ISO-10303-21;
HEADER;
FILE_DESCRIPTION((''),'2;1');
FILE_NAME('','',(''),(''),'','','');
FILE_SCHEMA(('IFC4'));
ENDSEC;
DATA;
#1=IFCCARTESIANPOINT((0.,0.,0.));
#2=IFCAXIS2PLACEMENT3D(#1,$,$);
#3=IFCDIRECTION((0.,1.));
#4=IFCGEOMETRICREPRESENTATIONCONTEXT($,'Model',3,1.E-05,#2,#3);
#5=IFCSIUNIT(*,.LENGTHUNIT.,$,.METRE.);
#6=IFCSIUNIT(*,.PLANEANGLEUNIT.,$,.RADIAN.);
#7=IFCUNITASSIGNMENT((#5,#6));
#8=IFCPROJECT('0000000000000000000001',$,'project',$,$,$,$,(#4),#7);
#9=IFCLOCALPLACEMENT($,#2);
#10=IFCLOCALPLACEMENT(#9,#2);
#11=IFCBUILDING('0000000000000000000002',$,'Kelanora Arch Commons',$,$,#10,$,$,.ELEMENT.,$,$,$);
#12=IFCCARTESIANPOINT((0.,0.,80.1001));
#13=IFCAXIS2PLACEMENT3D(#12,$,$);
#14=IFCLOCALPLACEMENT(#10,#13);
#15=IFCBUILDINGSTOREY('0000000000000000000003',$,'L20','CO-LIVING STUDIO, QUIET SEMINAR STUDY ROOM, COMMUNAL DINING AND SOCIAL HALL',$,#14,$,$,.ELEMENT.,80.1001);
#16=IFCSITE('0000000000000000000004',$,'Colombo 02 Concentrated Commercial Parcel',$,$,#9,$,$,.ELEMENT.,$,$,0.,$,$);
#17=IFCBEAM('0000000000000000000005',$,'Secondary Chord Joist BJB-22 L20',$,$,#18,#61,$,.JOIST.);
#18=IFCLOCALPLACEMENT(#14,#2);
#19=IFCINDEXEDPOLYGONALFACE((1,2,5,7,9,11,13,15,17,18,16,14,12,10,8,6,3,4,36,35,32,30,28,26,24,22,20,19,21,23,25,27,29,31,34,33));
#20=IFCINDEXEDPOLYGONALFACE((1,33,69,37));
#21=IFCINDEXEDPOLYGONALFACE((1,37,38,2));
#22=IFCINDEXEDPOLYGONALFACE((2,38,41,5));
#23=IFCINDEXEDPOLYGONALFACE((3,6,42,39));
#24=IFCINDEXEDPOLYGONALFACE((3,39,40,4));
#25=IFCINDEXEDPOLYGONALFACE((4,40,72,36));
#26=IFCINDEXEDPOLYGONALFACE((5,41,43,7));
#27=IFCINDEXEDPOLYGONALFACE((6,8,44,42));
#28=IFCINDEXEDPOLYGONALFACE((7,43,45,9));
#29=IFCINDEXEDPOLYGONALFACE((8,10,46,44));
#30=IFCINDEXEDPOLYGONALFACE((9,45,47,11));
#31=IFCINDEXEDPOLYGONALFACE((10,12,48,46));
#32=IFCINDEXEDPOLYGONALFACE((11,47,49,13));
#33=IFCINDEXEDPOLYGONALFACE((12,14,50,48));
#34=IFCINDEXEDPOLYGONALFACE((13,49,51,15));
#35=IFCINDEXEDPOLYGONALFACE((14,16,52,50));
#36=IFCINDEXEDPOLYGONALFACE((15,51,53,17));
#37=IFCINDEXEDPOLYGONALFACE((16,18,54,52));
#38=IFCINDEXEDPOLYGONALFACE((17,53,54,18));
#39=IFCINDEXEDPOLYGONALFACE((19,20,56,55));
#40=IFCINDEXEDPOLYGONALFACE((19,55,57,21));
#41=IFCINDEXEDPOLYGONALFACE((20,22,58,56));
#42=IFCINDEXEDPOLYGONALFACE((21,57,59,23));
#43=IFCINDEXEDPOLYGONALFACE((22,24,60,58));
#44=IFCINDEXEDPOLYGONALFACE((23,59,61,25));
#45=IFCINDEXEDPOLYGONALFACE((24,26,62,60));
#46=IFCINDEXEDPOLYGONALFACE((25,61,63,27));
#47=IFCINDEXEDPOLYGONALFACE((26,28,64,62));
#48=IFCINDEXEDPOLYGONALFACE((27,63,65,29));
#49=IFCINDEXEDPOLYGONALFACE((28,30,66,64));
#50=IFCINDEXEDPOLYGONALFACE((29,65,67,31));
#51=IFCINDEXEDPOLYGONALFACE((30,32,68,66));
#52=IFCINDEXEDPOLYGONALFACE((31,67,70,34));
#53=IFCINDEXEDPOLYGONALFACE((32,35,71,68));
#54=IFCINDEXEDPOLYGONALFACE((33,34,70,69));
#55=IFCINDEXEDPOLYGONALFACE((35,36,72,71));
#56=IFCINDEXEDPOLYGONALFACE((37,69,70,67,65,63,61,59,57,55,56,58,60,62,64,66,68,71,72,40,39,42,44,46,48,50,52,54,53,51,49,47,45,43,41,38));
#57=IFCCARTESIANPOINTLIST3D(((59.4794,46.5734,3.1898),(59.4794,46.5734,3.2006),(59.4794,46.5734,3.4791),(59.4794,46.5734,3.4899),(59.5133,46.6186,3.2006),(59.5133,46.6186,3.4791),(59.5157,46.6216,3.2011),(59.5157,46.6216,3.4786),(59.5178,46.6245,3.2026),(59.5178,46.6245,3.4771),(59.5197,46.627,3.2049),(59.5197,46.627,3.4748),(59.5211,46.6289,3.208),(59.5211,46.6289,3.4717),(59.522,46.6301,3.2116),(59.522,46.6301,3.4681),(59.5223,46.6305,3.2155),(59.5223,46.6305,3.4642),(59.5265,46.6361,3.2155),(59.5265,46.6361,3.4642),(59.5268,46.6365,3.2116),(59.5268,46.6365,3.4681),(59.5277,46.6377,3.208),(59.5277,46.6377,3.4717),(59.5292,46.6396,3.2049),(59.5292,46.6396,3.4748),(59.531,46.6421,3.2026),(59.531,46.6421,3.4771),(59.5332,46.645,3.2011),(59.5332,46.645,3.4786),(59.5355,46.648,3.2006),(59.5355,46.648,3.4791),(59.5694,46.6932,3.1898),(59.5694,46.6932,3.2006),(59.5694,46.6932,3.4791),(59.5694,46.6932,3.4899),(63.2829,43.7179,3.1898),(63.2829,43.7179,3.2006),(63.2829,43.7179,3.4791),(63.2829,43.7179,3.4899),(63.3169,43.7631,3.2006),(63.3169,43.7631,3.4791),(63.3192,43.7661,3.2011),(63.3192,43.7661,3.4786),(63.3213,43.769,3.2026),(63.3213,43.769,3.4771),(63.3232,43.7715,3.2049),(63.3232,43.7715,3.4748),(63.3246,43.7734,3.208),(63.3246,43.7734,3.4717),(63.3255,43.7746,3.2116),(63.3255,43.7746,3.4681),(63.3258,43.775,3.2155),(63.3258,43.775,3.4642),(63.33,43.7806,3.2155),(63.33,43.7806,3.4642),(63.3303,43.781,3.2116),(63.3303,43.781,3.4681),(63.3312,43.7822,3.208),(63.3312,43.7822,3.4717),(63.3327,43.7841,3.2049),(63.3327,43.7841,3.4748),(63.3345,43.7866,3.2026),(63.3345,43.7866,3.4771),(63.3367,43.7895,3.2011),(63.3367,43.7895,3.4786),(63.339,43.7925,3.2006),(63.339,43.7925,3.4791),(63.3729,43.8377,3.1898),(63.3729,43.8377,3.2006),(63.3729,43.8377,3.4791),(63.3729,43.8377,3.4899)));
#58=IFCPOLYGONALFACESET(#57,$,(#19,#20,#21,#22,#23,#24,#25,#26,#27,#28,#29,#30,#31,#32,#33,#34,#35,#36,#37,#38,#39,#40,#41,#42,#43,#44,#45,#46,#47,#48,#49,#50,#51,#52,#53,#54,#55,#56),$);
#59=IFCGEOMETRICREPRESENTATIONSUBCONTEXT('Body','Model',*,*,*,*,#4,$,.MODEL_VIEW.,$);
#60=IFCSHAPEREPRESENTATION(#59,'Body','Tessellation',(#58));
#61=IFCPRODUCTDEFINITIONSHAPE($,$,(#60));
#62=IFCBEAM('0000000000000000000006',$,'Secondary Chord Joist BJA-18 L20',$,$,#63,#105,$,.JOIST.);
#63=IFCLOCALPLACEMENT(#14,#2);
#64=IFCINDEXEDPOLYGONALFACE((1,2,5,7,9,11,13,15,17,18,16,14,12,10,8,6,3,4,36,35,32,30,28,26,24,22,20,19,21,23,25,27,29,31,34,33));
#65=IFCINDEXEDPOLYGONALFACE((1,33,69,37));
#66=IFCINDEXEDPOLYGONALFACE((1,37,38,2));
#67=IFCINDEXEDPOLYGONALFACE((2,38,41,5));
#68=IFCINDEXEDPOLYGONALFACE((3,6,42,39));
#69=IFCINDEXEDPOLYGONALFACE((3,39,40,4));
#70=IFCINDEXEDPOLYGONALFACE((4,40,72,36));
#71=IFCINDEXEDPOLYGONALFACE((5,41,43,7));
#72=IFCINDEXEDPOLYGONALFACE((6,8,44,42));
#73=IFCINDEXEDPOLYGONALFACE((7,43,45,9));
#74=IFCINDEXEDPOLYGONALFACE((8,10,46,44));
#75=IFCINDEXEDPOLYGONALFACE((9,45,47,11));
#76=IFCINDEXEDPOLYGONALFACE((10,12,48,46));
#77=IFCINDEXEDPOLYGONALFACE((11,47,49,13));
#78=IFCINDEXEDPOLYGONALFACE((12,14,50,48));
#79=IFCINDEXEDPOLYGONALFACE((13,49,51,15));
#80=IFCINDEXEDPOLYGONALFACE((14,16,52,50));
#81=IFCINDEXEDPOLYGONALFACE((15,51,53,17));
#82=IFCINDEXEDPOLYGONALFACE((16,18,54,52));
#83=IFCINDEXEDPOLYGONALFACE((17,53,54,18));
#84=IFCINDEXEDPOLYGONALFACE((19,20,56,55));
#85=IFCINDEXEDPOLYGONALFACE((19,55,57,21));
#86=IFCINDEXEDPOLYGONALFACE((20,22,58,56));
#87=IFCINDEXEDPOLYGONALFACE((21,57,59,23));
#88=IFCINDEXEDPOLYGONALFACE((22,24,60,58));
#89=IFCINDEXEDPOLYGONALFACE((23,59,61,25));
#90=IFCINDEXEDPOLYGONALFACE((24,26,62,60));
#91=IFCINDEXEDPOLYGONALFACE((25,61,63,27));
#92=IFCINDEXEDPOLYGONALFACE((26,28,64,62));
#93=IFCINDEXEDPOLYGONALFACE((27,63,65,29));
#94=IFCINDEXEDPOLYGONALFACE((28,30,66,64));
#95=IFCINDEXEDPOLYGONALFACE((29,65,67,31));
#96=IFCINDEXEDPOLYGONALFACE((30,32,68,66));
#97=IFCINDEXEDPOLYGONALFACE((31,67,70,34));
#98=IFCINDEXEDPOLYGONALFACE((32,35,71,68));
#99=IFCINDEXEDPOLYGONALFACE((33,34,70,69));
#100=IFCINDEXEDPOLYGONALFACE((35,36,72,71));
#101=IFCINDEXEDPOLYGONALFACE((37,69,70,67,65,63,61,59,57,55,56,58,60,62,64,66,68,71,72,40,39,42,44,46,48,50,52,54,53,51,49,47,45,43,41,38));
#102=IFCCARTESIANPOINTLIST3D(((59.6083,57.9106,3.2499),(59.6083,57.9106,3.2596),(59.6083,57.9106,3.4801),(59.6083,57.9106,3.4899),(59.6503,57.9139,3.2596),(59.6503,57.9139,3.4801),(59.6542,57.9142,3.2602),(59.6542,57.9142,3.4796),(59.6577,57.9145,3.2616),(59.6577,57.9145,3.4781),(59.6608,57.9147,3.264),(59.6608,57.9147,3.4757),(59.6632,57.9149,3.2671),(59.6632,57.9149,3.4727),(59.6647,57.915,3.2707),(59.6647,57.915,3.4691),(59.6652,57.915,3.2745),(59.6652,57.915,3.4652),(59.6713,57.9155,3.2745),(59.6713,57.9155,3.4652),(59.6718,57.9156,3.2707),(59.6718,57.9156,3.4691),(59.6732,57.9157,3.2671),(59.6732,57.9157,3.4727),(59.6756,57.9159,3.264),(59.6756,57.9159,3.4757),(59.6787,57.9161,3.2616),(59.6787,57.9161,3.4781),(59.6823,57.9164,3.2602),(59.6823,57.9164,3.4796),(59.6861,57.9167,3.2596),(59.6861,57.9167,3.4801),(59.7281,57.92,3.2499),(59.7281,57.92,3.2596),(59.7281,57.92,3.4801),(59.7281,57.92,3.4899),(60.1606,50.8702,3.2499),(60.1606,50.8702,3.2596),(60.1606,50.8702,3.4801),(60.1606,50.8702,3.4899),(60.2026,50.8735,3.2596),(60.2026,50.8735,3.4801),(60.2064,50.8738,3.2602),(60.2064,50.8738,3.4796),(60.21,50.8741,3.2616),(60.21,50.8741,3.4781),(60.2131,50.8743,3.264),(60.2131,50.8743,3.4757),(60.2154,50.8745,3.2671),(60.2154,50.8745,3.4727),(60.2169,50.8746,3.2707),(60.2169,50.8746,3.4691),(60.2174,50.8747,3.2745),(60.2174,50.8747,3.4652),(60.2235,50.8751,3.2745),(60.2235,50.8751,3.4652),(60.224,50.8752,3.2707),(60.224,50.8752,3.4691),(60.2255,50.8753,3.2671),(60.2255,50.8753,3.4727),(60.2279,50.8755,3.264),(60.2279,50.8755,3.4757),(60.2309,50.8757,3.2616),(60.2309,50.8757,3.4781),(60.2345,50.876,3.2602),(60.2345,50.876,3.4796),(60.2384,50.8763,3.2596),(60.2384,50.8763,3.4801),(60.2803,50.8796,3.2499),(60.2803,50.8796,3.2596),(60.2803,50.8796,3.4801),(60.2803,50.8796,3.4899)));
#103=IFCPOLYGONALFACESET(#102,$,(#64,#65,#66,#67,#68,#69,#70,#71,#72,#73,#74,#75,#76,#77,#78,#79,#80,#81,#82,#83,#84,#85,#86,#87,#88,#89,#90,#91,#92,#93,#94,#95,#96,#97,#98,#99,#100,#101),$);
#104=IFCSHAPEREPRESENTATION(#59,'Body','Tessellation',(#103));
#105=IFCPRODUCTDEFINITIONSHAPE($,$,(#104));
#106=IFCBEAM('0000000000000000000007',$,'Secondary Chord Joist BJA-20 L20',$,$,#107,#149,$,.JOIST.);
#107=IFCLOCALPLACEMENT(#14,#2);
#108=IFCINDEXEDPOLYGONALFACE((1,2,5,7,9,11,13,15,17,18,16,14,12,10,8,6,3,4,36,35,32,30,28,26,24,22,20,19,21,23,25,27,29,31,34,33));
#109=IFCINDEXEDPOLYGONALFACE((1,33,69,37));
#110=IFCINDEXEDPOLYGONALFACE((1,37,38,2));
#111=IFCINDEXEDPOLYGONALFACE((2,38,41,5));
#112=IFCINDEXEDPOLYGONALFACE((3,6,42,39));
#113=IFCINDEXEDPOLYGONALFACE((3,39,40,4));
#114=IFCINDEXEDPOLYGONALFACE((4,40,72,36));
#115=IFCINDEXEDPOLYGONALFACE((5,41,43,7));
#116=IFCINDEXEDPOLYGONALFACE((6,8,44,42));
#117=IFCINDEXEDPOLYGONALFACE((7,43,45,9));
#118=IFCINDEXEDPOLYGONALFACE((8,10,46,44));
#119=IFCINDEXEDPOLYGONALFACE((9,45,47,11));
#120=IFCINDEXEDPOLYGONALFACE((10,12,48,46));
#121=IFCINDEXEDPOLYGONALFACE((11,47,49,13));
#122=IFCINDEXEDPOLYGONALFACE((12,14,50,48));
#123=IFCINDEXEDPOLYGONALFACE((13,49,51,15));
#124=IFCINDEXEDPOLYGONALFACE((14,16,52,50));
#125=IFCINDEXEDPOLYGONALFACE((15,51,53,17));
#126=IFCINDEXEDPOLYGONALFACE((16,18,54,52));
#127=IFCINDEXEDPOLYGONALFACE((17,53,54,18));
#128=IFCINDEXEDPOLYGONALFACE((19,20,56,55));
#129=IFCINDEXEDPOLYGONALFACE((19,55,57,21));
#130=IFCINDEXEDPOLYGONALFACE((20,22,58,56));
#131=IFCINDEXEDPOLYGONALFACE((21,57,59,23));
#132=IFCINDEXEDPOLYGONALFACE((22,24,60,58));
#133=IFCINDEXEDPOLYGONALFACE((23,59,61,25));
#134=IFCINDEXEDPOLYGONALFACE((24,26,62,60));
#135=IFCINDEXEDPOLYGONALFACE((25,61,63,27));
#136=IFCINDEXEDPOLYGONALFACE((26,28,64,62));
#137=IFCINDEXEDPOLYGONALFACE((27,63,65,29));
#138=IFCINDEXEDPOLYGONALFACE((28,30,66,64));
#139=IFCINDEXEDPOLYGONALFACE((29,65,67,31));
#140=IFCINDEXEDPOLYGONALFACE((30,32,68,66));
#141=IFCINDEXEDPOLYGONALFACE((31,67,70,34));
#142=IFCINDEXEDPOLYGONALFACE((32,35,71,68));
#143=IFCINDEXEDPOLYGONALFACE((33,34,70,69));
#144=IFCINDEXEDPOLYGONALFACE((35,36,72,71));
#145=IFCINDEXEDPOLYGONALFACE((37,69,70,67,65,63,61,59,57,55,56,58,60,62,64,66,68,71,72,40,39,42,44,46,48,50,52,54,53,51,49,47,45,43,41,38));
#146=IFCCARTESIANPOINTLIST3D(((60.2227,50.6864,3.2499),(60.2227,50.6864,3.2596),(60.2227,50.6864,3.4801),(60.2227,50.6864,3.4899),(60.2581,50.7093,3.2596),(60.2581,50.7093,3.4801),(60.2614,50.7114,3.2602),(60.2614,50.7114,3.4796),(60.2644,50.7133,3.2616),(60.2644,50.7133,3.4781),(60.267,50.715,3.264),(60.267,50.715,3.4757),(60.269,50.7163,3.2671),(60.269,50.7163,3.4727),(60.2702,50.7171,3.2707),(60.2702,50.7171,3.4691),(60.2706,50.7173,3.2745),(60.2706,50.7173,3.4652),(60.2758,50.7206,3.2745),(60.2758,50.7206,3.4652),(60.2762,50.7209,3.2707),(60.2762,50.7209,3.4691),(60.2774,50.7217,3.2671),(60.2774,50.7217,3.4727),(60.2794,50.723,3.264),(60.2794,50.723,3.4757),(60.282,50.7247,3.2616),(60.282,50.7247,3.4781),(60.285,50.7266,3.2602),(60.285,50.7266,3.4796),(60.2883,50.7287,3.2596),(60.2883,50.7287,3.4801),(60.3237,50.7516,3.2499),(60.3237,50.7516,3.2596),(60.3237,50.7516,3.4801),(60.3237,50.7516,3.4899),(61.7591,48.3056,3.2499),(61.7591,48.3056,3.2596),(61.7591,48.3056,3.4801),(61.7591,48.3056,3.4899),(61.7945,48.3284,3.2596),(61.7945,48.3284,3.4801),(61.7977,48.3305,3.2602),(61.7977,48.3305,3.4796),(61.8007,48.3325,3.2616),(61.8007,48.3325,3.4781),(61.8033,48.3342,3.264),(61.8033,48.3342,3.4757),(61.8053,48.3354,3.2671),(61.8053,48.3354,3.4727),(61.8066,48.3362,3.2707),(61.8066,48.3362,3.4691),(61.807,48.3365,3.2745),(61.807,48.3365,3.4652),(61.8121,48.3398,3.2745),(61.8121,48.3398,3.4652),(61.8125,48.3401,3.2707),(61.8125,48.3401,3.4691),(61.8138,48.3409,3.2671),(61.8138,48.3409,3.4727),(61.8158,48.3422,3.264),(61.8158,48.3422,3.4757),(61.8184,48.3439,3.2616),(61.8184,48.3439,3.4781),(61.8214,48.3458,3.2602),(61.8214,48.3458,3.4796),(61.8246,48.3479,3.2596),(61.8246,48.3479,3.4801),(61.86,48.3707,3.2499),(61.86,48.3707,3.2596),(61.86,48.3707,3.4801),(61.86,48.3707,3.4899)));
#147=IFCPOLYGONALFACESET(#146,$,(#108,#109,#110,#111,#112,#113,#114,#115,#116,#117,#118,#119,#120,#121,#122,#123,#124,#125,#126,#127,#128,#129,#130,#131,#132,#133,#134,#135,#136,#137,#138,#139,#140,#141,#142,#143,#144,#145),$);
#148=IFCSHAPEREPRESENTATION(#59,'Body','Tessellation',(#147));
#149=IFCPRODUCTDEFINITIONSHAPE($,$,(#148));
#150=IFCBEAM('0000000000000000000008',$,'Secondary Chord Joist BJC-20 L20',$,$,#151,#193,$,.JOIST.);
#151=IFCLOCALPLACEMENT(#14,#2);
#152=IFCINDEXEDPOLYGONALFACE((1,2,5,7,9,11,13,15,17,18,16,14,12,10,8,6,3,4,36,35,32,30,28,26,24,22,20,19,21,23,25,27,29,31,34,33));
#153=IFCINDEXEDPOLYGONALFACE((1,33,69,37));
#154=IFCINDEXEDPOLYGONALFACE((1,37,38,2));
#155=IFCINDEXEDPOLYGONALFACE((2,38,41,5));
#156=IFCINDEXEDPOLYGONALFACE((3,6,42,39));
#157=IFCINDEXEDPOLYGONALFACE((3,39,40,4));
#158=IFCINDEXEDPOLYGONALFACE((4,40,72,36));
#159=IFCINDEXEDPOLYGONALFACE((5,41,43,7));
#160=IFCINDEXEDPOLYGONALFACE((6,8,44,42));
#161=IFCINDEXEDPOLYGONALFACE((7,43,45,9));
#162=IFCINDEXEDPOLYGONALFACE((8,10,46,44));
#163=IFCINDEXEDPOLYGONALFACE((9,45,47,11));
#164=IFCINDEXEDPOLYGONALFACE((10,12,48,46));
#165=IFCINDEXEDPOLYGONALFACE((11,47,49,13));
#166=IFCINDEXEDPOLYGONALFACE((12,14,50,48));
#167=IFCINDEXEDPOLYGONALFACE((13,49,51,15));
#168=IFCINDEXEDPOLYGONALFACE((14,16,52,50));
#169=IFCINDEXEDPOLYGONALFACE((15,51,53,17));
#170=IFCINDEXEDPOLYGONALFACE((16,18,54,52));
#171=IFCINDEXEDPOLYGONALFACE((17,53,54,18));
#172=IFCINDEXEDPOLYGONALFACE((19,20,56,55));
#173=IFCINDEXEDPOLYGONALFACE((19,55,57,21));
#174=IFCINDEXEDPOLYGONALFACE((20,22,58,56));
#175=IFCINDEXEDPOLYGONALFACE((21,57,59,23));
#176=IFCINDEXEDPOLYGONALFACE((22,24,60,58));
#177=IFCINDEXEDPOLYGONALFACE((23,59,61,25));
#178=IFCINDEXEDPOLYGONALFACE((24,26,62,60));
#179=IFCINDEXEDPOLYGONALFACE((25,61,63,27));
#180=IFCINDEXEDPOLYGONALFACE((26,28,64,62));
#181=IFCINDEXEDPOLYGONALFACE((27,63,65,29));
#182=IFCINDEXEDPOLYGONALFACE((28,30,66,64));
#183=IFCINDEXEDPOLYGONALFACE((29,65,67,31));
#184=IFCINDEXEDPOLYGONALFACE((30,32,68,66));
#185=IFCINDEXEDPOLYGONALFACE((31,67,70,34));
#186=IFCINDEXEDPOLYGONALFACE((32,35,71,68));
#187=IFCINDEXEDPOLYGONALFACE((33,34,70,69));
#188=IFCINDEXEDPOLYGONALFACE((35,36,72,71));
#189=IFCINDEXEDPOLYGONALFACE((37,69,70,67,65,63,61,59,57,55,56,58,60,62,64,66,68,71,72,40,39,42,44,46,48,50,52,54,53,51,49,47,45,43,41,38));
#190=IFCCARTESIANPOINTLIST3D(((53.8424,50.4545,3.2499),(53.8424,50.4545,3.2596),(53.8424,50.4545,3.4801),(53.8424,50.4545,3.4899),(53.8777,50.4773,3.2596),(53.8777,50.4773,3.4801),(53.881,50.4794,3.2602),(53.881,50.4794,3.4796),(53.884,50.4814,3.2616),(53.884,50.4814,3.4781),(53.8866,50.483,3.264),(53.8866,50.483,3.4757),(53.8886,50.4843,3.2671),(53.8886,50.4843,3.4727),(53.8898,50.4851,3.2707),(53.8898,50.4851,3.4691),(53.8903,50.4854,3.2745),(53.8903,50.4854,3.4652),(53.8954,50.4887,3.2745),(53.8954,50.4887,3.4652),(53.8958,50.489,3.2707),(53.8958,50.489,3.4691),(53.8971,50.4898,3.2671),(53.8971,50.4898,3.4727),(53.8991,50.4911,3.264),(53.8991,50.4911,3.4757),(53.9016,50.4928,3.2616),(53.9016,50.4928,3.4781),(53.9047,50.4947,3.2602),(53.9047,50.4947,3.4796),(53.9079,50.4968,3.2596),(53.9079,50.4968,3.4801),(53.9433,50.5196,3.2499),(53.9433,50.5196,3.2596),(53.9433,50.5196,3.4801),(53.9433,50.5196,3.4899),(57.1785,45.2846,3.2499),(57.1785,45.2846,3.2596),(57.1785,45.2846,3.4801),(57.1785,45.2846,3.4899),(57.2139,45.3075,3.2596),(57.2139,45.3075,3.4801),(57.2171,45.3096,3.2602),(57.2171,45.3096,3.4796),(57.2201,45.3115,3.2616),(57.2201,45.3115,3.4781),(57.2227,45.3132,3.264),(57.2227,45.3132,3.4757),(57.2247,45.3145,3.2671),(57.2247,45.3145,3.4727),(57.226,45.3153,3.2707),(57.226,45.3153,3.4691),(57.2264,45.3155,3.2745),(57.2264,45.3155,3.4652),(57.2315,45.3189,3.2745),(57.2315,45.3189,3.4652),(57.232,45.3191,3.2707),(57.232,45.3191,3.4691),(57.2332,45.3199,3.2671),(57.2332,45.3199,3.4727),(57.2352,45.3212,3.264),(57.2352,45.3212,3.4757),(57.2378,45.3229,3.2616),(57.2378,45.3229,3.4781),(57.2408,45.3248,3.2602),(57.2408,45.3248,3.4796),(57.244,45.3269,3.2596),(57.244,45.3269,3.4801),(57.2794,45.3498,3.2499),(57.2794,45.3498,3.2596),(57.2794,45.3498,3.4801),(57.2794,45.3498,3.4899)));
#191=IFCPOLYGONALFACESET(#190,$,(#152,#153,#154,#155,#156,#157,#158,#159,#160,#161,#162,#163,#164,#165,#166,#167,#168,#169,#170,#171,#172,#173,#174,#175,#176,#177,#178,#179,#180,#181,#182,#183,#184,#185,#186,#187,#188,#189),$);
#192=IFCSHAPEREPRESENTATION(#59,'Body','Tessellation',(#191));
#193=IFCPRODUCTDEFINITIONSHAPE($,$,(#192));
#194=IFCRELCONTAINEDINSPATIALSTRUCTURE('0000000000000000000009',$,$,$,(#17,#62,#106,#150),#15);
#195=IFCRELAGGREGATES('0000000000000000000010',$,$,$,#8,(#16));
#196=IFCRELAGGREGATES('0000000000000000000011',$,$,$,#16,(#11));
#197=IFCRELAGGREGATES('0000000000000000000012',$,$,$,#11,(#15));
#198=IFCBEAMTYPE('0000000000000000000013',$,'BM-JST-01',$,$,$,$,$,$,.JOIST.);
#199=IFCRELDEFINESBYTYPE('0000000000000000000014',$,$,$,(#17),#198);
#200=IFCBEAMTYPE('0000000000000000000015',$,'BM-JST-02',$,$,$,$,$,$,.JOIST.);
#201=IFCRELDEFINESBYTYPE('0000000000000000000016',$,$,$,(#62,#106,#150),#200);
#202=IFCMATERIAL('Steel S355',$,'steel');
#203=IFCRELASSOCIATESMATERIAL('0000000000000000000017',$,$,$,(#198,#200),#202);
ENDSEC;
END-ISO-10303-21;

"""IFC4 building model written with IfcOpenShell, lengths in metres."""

from ifc_helpers import new_model, si_unit, direction, frame, origin, origin_2d, place, context, subcontext, project, spatial, i_section, extrude, material, material_profile, profile_set, type_object, element, save


model = new_model("IFC4")

# Units and contexts
model_context = context("Model", 3, precision=1e-05, world=origin(), true_north=direction((0.0, 1.0)))
body_context = subcontext(model_context, "Body", "Model", "MODEL_VIEW")
ifc_project = project(units=[si_unit("LENGTHUNIT", "METRE"), si_unit("PLANEANGLEUNIT", "RADIAN")], contexts=[model_context])

# Site, building, storey
site_placement = place(None, origin())
site = spatial("IfcSite", under=ifc_project, at=site_placement, Name="Colombo 02 Concentrated Commercial Parcel", CompositionType="ELEMENT", RefElevation=0.0)
building_placement = place(site_placement, origin())
building = spatial("IfcBuilding", under=site, at=building_placement, Name="Kelanora Arch Commons", CompositionType="ELEMENT")
storey_placement = place(building_placement, frame((0.0, 0.0, 80.1001)))
storey = spatial("IfcBuildingStorey", under=building, at=storey_placement, Name="L20", Description="CO-LIVING STUDIO, QUIET SEMINAR STUDY ROOM, COMMUNAL DINING AND SOCIAL HALL", CompositionType="ELEMENT", Elevation=80.1001)

# Beams
ifc_material_1 = material(Name="Steel S355", Category="steel")
ifc_material_profile_1 = material_profile(ifc_material_1, i_section(OverallWidth=0.1499, OverallDepth=0.3, WebThickness=0.0071, FlangeThickness=0.0107, FilletRadius=0.0149, at=origin_2d()), Name="IPE300")
ifc_profile_set_1 = profile_set([ifc_material_profile_1], Name="Steel S355")
beam_type_1 = type_object("IfcBeamType", Name="BM-JST-01", PredefinedType="JOIST", material=ifc_profile_set_1)
beam_1_placement = place(storey_placement, frame((59.5244, 46.6333, 3.3398), z_axis=(0.79971, -0.600386, 0.0), x_axis=(0.600386, 0.79971, 0.0)))
element("IfcBeam", 1, at=beam_1_placement, inside=storey, type_object=beam_type_1, Name="Secondary Chord Joist BJB-22 L20", PredefinedType="JOIST", context=body_context, shape_type="SweptSolid", body=[
    extrude(i_section(OverallWidth=0.1499, OverallDepth=0.3, WebThickness=0.0071, FlangeThickness=0.0107, FilletRadius=0.0149, at=origin_2d()), origin(), (0.0, 0.0, 1.0), 4.7561),
])
ifc_material_profile_2 = material_profile(ifc_material_1, i_section(OverallWidth=0.1201, OverallDepth=0.24, WebThickness=0.0061, FlangeThickness=0.0098, FilletRadius=0.0149, at=origin_2d()), Name="IPE240")
ifc_profile_set_2 = profile_set([ifc_material_profile_2], Name="Steel S355")
beam_type_2 = type_object("IfcBeamType", Name="BM-JST-02", PredefinedType="JOIST", material=ifc_profile_set_2)
beam_2_placement = place(storey_placement, frame((59.6682, 57.9153, 3.3699), z_axis=(0.078201, -0.996938, 0.0), x_axis=(0.996938, 0.078201, 0.0)))
element("IfcBeam", 2, at=beam_2_placement, inside=storey, type_object=beam_type_2, Name="Secondary Chord Joist BJA-18 L20", PredefinedType="JOIST", context=body_context, shape_type="SweptSolid", body=[
    extrude(i_section(OverallWidth=0.1201, OverallDepth=0.24, WebThickness=0.0061, FlangeThickness=0.0098, FilletRadius=0.0149, at=origin_2d()), origin(), (0.0, 0.0, 1.0), 7.062),
])
beam_3_placement = place(storey_placement, frame((60.2732, 50.719, 3.3699), z_axis=(0.542211, -0.840242, 0.0), x_axis=(0.840242, 0.542211, 0.0)))
element("IfcBeam", 3, at=beam_3_placement, inside=storey, type_object=beam_type_2, Name="Secondary Chord Joist BJA-20 L20", PredefinedType="JOIST", context=body_context, shape_type="SweptSolid", body=[
    extrude(i_section(OverallWidth=0.1201, OverallDepth=0.24, WebThickness=0.0061, FlangeThickness=0.0098, FilletRadius=0.0149, at=origin_2d()), origin(), (0.0, 0.0, 1.0), 2.8335),
])
beam_4_placement = place(storey_placement, frame((53.8928, 50.4871, 3.3699), z_axis=(0.542213, -0.840241, 0.0), x_axis=(0.840241, 0.542213, 0.0)))
element("IfcBeam", 4, at=beam_4_placement, inside=storey, type_object=beam_type_2, Name="Secondary Chord Joist BJC-20 L20", PredefinedType="JOIST", context=body_context, shape_type="SweptSolid", body=[
    extrude(i_section(OverallWidth=0.1201, OverallDepth=0.24, WebThickness=0.0061, FlangeThickness=0.0098, FilletRadius=0.0149, at=origin_2d()), origin(), (0.0, 0.0, 1.0), 6.1528),
])

save(model, "model.ifc")
